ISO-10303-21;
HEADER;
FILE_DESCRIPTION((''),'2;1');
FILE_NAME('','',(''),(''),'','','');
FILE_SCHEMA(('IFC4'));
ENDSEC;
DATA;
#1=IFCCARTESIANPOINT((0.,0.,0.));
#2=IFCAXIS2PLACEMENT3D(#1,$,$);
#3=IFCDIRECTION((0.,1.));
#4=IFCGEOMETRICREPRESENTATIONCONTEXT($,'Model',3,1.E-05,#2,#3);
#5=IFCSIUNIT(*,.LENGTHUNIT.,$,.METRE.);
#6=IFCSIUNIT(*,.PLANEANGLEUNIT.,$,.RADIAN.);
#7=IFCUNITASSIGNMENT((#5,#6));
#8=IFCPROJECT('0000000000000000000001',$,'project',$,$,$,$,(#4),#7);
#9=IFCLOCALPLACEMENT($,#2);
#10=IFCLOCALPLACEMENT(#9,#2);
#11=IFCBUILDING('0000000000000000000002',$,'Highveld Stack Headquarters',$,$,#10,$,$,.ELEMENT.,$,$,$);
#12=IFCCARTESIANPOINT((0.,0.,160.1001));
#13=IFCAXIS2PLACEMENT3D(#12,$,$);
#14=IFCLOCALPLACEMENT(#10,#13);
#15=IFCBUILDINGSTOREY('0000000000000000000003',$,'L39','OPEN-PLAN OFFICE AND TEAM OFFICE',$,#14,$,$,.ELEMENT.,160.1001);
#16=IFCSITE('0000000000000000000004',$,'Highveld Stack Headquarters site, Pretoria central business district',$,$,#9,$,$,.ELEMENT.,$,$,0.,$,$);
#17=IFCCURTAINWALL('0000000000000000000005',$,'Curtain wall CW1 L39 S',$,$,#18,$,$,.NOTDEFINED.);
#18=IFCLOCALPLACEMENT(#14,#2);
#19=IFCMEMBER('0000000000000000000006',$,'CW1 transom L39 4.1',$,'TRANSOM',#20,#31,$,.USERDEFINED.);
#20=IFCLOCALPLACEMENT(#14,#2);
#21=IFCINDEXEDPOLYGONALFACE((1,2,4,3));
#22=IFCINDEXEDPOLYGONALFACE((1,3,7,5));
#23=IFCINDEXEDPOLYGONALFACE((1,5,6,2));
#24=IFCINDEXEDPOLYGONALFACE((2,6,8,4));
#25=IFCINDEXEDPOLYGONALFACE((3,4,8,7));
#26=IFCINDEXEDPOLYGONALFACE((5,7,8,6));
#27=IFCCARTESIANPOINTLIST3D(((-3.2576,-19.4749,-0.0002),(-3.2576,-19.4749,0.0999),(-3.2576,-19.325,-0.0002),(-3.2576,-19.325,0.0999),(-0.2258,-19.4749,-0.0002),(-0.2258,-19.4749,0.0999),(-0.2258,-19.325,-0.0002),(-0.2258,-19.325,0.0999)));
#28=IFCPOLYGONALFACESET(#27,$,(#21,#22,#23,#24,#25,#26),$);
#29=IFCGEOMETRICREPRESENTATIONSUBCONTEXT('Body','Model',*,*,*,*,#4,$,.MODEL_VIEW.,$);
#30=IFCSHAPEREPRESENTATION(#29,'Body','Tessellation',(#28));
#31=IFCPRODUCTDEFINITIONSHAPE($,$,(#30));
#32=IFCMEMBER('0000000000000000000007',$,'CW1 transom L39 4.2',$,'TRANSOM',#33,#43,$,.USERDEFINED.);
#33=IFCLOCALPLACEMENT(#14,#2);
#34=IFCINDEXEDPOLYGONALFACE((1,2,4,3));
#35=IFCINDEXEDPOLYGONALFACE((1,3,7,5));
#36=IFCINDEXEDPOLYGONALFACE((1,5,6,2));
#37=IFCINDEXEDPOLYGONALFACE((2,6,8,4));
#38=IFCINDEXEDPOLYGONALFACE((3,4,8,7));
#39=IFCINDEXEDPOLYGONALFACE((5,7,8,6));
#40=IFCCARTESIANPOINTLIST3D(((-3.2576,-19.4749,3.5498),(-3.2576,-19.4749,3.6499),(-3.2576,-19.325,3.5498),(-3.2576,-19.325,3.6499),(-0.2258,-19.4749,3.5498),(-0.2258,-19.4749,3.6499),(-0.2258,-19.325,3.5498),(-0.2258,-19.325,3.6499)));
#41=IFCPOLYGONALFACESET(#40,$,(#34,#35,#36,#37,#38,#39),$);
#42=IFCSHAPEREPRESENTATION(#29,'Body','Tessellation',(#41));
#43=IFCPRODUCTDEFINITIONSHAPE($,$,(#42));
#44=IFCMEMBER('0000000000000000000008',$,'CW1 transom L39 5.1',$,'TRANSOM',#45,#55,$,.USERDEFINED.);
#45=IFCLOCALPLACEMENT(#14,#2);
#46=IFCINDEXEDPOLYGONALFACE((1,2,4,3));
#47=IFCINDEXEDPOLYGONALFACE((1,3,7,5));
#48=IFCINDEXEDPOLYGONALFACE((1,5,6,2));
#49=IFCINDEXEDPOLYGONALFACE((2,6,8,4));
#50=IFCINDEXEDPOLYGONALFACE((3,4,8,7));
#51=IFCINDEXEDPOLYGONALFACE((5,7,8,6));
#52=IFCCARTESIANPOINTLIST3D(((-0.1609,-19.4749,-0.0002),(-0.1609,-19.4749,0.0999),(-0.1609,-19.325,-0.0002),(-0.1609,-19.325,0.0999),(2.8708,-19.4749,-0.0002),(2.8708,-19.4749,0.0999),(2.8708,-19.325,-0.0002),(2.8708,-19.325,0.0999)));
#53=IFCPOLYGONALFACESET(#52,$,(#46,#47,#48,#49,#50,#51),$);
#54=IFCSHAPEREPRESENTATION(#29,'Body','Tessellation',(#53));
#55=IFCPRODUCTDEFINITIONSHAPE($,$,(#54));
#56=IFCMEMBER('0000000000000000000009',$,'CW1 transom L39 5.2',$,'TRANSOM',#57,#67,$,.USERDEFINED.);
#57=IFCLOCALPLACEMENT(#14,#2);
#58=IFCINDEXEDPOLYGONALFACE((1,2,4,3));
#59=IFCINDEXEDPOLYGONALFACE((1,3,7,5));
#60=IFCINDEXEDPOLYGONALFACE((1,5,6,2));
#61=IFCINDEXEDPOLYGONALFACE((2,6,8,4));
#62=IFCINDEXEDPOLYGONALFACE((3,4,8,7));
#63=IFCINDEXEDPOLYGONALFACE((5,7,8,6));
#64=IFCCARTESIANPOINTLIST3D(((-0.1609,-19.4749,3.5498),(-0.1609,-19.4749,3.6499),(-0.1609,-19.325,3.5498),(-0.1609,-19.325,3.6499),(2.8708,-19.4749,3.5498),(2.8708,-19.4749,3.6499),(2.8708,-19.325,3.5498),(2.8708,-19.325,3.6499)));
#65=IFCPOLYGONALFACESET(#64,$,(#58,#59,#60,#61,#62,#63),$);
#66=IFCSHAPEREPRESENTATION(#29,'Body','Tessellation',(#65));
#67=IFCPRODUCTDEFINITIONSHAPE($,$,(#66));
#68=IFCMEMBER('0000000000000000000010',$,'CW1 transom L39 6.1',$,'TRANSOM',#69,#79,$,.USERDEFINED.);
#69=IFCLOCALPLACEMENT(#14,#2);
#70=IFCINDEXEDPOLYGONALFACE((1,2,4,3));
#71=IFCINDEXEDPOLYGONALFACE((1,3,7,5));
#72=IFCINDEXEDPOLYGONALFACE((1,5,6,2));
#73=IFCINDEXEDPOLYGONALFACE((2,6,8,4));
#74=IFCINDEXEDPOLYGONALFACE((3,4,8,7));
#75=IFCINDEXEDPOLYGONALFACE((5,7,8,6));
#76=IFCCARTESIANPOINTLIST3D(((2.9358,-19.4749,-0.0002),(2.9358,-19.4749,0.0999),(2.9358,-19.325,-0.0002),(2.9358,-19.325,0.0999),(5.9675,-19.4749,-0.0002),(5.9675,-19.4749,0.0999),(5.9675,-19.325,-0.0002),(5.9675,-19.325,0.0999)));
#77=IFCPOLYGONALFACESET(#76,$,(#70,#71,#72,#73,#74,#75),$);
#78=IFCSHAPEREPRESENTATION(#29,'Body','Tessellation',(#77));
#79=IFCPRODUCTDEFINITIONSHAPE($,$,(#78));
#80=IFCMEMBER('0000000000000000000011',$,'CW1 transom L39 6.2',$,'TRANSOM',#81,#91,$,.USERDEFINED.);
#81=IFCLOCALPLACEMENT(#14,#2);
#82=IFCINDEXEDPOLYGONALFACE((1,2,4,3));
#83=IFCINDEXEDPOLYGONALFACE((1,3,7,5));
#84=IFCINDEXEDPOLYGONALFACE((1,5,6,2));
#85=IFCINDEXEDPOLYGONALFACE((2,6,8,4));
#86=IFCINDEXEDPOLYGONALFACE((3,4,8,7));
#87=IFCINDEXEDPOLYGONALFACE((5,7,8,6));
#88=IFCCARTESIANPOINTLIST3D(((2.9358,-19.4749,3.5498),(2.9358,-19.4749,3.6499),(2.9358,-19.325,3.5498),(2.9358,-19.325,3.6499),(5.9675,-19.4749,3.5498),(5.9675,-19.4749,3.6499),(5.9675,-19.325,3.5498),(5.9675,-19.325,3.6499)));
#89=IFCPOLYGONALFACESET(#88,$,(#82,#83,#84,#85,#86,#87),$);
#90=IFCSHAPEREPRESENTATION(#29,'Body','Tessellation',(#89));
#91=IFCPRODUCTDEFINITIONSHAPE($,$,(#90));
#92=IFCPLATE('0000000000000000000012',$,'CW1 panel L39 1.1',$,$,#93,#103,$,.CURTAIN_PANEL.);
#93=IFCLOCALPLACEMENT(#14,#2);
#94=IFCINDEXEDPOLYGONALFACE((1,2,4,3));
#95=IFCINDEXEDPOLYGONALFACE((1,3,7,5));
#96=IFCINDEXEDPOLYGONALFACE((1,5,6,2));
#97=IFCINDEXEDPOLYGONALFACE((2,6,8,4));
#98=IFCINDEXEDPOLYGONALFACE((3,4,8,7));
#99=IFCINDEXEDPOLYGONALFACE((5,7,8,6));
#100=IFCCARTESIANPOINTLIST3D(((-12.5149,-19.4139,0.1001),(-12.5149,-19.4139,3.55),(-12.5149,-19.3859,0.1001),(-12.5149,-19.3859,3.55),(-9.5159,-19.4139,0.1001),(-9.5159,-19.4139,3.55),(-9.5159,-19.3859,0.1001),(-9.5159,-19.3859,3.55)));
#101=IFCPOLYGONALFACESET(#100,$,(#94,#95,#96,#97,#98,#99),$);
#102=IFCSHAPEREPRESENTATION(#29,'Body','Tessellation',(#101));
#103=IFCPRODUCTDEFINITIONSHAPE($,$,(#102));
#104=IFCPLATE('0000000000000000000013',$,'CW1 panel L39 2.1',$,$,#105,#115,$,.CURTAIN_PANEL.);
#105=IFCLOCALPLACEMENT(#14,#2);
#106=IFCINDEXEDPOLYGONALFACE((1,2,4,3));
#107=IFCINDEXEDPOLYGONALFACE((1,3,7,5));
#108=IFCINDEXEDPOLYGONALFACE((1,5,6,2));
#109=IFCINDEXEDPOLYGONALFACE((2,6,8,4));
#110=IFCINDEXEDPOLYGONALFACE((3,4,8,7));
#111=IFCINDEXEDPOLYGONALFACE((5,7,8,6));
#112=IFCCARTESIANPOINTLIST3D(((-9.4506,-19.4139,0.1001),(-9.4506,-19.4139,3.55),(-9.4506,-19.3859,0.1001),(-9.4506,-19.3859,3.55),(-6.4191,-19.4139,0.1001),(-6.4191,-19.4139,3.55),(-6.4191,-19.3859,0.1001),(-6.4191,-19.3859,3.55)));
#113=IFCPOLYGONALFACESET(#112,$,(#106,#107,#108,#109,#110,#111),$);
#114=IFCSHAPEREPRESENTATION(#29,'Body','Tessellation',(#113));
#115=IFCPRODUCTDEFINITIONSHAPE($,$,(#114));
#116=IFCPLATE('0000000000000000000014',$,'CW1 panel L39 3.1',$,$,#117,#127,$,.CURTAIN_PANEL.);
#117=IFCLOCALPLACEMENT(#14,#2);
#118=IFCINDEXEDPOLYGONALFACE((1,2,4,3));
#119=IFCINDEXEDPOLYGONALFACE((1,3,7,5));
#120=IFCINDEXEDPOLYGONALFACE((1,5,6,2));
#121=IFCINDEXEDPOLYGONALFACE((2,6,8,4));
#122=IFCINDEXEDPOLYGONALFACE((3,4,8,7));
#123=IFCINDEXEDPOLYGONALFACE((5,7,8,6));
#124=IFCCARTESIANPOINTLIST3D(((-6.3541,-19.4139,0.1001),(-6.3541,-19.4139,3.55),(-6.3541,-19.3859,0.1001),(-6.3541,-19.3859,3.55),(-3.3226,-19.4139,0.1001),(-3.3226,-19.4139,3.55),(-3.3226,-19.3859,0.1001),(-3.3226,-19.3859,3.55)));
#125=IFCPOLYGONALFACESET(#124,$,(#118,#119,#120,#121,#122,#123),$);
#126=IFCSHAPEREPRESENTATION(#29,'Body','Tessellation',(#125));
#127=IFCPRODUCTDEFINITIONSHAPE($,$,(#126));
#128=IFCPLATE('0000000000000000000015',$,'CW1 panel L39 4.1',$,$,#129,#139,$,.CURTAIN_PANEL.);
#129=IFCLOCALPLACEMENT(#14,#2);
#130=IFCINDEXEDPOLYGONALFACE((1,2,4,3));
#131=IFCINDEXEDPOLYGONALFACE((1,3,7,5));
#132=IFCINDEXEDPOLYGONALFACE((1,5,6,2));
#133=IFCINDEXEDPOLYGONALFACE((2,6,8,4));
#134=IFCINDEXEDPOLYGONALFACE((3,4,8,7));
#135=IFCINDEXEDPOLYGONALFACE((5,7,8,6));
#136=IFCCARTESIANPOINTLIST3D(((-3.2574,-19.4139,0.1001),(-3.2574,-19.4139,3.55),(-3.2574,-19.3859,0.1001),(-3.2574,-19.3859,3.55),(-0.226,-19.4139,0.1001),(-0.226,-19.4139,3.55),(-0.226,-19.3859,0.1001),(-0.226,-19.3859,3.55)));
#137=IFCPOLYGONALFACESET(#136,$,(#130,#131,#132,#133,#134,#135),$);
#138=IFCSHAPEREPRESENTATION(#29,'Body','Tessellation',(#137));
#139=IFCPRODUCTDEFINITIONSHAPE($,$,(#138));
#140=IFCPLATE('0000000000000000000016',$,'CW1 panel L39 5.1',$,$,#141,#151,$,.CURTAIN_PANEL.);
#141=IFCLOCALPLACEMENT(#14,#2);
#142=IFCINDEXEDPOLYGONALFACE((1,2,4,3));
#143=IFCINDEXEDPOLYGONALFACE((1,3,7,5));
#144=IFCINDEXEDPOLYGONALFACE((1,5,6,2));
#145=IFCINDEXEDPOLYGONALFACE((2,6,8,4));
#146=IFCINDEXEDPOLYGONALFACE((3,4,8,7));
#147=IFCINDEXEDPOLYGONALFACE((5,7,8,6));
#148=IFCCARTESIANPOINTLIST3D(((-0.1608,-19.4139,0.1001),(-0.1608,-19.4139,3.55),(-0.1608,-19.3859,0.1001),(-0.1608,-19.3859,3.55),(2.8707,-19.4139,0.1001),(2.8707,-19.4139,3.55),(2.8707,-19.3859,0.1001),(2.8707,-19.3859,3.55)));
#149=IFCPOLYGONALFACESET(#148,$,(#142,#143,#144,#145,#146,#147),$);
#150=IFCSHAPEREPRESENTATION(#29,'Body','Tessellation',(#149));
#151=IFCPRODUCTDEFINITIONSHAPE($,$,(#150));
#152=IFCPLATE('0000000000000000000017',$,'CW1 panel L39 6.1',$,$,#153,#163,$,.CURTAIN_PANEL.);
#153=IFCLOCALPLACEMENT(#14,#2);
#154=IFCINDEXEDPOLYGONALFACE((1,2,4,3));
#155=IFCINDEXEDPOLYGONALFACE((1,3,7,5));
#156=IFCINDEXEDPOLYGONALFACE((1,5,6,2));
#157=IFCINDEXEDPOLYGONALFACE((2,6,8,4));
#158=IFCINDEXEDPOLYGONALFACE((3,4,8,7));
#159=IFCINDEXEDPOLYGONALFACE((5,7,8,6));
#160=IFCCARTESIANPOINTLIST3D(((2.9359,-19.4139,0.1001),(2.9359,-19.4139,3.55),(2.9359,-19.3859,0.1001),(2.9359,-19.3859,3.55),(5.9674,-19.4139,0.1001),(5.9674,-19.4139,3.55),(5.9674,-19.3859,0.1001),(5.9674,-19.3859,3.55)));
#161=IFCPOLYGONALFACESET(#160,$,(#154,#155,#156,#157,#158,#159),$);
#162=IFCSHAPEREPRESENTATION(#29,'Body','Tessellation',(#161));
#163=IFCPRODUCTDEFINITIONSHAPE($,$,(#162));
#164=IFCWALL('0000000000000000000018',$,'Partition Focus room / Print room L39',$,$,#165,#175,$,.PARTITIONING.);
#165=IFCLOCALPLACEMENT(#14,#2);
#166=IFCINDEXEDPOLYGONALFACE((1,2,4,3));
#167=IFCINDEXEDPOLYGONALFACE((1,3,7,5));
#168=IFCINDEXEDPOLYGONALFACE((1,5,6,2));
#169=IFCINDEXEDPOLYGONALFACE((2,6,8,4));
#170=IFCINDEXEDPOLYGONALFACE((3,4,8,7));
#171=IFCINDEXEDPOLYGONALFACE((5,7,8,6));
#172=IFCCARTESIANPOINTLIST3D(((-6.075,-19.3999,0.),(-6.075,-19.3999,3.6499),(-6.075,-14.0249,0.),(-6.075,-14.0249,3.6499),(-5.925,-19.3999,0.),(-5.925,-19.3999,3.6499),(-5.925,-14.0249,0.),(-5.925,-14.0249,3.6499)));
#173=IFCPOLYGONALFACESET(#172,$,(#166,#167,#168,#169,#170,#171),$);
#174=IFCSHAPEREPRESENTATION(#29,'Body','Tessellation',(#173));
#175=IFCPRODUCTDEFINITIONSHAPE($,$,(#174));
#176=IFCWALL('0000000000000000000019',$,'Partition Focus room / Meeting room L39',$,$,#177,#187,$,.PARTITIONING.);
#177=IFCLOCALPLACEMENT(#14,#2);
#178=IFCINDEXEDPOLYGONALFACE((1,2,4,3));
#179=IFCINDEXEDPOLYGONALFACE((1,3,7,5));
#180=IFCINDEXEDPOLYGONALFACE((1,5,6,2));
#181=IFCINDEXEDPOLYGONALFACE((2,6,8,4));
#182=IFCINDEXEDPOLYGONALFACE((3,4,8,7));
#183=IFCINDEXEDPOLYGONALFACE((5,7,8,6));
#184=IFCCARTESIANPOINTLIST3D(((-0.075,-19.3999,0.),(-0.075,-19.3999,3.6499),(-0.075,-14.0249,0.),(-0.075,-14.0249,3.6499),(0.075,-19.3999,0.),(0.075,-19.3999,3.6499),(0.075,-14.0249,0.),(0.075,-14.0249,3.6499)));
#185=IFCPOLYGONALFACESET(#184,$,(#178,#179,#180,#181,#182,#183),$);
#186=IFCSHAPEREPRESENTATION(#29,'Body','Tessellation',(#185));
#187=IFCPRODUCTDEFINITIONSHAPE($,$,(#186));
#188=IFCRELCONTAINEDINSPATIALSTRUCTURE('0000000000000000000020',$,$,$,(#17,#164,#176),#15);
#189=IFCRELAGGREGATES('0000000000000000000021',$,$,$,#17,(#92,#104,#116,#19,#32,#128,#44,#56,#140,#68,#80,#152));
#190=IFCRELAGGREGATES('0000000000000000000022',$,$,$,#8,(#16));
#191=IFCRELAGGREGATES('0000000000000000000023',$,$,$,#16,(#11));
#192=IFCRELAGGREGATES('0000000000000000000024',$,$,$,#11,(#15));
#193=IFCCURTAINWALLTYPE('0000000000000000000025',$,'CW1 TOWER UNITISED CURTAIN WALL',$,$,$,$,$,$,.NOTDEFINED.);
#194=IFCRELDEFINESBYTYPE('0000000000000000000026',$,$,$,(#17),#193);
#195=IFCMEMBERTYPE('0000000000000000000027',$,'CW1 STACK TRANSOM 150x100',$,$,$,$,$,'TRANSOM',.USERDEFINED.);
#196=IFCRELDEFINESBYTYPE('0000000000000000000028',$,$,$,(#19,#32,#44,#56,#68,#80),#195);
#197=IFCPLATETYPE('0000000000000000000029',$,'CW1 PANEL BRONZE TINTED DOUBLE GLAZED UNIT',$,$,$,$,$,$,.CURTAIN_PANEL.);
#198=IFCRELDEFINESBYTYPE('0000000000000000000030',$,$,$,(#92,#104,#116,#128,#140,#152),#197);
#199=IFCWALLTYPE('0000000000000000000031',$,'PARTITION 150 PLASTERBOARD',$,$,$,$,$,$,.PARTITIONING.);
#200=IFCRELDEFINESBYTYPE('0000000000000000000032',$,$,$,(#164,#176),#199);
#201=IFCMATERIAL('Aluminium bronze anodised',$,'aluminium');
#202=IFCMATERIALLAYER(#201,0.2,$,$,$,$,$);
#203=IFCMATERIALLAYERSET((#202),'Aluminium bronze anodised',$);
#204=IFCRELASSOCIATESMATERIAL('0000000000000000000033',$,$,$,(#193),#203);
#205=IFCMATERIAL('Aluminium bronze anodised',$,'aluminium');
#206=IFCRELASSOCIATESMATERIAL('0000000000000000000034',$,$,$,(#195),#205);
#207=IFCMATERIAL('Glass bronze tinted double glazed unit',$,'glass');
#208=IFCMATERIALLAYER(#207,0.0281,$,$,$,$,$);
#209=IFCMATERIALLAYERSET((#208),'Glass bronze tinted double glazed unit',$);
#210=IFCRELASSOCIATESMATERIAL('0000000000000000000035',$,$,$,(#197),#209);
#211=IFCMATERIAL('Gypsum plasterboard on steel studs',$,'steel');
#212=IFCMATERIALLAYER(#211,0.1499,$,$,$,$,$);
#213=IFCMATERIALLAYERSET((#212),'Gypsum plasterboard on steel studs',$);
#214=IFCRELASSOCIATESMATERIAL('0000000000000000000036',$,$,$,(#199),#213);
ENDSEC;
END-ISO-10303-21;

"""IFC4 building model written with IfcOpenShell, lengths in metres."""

from ifc_helpers import new_model, si_unit, direction, frame, frame_2d, origin, origin_2d, place, context, subcontext, project, spatial, rectangle, extrude, material, layer, layer_set, material_profile, profile_set, type_object, element, aggregate, save


model = new_model("IFC4")

# Units and contexts
model_context = context("Model", 3, precision=1e-05, world=origin(), true_north=direction((0.0, 1.0)))
body_context = subcontext(model_context, "Body", "Model", "MODEL_VIEW")
ifc_project = project(units=[si_unit("LENGTHUNIT", "METRE"), si_unit("PLANEANGLEUNIT", "RADIAN")], contexts=[model_context])

# Site, building, storey
site_placement = place(None, origin())
site = spatial("IfcSite", under=ifc_project, at=site_placement, Name="Highveld Stack Headquarters site, Pretoria central business district", CompositionType="ELEMENT", RefElevation=0.0)
building_placement = place(site_placement, origin())
building = spatial("IfcBuilding", under=site, at=building_placement, Name="Highveld Stack Headquarters", CompositionType="ELEMENT")
storey_placement = place(building_placement, frame((0.0, 0.0, 160.1001)))
storey = spatial("IfcBuildingStorey", under=building, at=storey_placement, Name="L39", Description="OPEN-PLAN OFFICE AND TEAM OFFICE", CompositionType="ELEMENT", Elevation=160.1001)

# Curtain wall, members, plates
ifc_material_1 = material(Name="Aluminium bronze anodised", Category="aluminium")
ifc_layer_1 = layer(ifc_material_1, 0.2)
ifc_layer_set_1 = layer_set([ifc_layer_1], Name="Aluminium bronze anodised")
curtain_wall_type = type_object("IfcCurtainWallType", Name="CW1 TOWER UNITISED CURTAIN WALL", PredefinedType="NOTDEFINED", material=ifc_layer_set_1)
curtain_wall_placement = place(storey_placement, origin())
curtain_wall = element("IfcCurtainWall", 1, at=curtain_wall_placement, inside=storey, type_object=curtain_wall_type, Name="Curtain wall CW1 L39 S", PredefinedType="NOTDEFINED")
ifc_material_2 = material(Name="Aluminium bronze anodised", Category="aluminium")
ifc_material_profile_1 = material_profile(ifc_material_2, rectangle(XDim=0.1499, YDim=0.1001, at=origin_2d()), Name="CW1 TRANSOM 150x100")
ifc_profile_set_1 = profile_set([ifc_material_profile_1], Name="Aluminium bronze anodised")
member_type_1 = type_object("IfcMemberType", Name="CW1 STACK TRANSOM 150x100", ElementType="TRANSOM", PredefinedType="USERDEFINED", material=ifc_profile_set_1)
member_1_placement = place(storey_placement, frame((-3.2576, -19.3999, 0.0498), z_axis=(1.0, 0.0, 0.0), x_axis=(0.0, 1.0, 0.0)))
member_1 = element("IfcMember", 2, at=member_1_placement, type_object=member_type_1, Name="CW1 transom L39 4.1", ObjectType="TRANSOM", PredefinedType="USERDEFINED", context=body_context, shape_type="SweptSolid", body=[
    extrude(rectangle(XDim=0.1499, YDim=0.1001, at=origin_2d()), origin(), (0.0, 0.0, 1.0), 3.0317),
])
member_2_placement = place(storey_placement, frame((-3.2576, -19.3999, 3.5999), z_axis=(1.0, 0.0, 0.0), x_axis=(0.0, 1.0, 0.0)))
member_2 = element("IfcMember", 3, at=member_2_placement, type_object=member_type_1, Name="CW1 transom L39 4.2", ObjectType="TRANSOM", PredefinedType="USERDEFINED", context=body_context, shape_type="SweptSolid", body=[
    extrude(rectangle(XDim=0.1499, YDim=0.1001, at=origin_2d()), origin(), (0.0, 0.0, 1.0), 3.0317),
])
member_3_placement = place(storey_placement, frame((-0.1609, -19.3999, 0.0498), z_axis=(1.0, 0.0, 0.0), x_axis=(0.0, 1.0, 0.0)))
member_3 = element("IfcMember", 4, at=member_3_placement, type_object=member_type_1, Name="CW1 transom L39 5.1", ObjectType="TRANSOM", PredefinedType="USERDEFINED", context=body_context, shape_type="SweptSolid", body=[
    extrude(rectangle(XDim=0.1499, YDim=0.1001, at=origin_2d()), origin(), (0.0, 0.0, 1.0), 3.0317),
])
member_4_placement = place(storey_placement, frame((-0.1609, -19.3999, 3.5999), z_axis=(1.0, 0.0, 0.0), x_axis=(0.0, 1.0, 0.0)))
member_4 = element("IfcMember", 5, at=member_4_placement, type_object=member_type_1, Name="CW1 transom L39 5.2", ObjectType="TRANSOM", PredefinedType="USERDEFINED", context=body_context, shape_type="SweptSolid", body=[
    extrude(rectangle(XDim=0.1499, YDim=0.1001, at=origin_2d()), origin(), (0.0, 0.0, 1.0), 3.0317),
])
member_5_placement = place(storey_placement, frame((2.9358, -19.3999, 0.0498), z_axis=(1.0, 0.0, 0.0), x_axis=(0.0, 1.0, 0.0)))
member_5 = element("IfcMember", 6, at=member_5_placement, type_object=member_type_1, Name="CW1 transom L39 6.1", ObjectType="TRANSOM", PredefinedType="USERDEFINED", context=body_context, shape_type="SweptSolid", body=[
    extrude(rectangle(XDim=0.1499, YDim=0.1001, at=origin_2d()), origin(), (0.0, 0.0, 1.0), 3.0317),
])
member_6_placement = place(storey_placement, frame((2.9358, -19.3999, 3.5999), z_axis=(1.0, 0.0, 0.0), x_axis=(0.0, 1.0, 0.0)))
member_6 = element("IfcMember", 7, at=member_6_placement, type_object=member_type_1, Name="CW1 transom L39 6.2", ObjectType="TRANSOM", PredefinedType="USERDEFINED", context=body_context, shape_type="SweptSolid", body=[
    extrude(rectangle(XDim=0.1499, YDim=0.1001, at=origin_2d()), origin(), (0.0, 0.0, 1.0), 3.0317),
])
ifc_material_3 = material(Name="Glass bronze tinted double glazed unit", Category="glass")
ifc_layer_2 = layer(ifc_material_3, 0.0281)
ifc_layer_set_2 = layer_set([ifc_layer_2], Name="Glass bronze tinted double glazed unit")
plate_type = type_object("IfcPlateType", Name="CW1 PANEL BRONZE TINTED DOUBLE GLAZED UNIT", PredefinedType="CURTAIN_PANEL", material=ifc_layer_set_2)
plate_1_placement = place(storey_placement, frame((-11.0154, -19.3999, 0.1001), z_axis=(0.0, 0.0, 1.0), x_axis=(1.0, 0.0, 0.0)))
plate_1 = element("IfcPlate", 8, at=plate_1_placement, type_object=plate_type, Name="CW1 panel L39 1.1", PredefinedType="CURTAIN_PANEL", context=body_context, shape_type="SweptSolid", body=[
    extrude(rectangle(XDim=2.999, YDim=0.0281, at=origin_2d()), origin(), (0.0, 0.0, 1.0), 3.45),
])
plate_2_placement = place(storey_placement, frame((-7.9348, -19.3999, 0.1001), z_axis=(0.0, 0.0, 1.0), x_axis=(1.0, 0.0, 0.0)))
plate_2 = element("IfcPlate", 9, at=plate_2_placement, type_object=plate_type, Name="CW1 panel L39 2.1", PredefinedType="CURTAIN_PANEL", context=body_context, shape_type="SweptSolid", body=[
    extrude(rectangle(XDim=3.0315, YDim=0.0281, at=origin_2d()), origin(), (0.0, 0.0, 1.0), 3.45),
])
plate_3_placement = place(storey_placement, frame((-4.8384, -19.3999, 0.1001), z_axis=(0.0, 0.0, 1.0), x_axis=(1.0, 0.0, 0.0)))
plate_3 = element("IfcPlate", 10, at=plate_3_placement, type_object=plate_type, Name="CW1 panel L39 3.1", PredefinedType="CURTAIN_PANEL", context=body_context, shape_type="SweptSolid", body=[
    extrude(rectangle(XDim=3.0315, YDim=0.0281, at=origin_2d()), origin(), (0.0, 0.0, 1.0), 3.45),
])
plate_4_placement = place(storey_placement, frame((-1.7417, -19.3999, 0.1001), z_axis=(0.0, 0.0, 1.0), x_axis=(1.0, 0.0, 0.0)))
plate_4 = element("IfcPlate", 11, at=plate_4_placement, type_object=plate_type, Name="CW1 panel L39 4.1", PredefinedType="CURTAIN_PANEL", context=body_context, shape_type="SweptSolid", body=[
    extrude(rectangle(XDim=3.0315, YDim=0.0281, at=origin_2d()), origin(), (0.0, 0.0, 1.0), 3.45),
])
plate_5_placement = place(storey_placement, frame((1.355, -19.3999, 0.1001), z_axis=(0.0, 0.0, 1.0), x_axis=(1.0, 0.0, 0.0)))
plate_5 = element("IfcPlate", 12, at=plate_5_placement, type_object=plate_type, Name="CW1 panel L39 5.1", PredefinedType="CURTAIN_PANEL", context=body_context, shape_type="SweptSolid", body=[
    extrude(rectangle(XDim=3.0315, YDim=0.0281, at=origin_2d()), origin(), (0.0, 0.0, 1.0), 3.45),
])
plate_6_placement = place(storey_placement, frame((4.4517, -19.3999, 0.1001), z_axis=(0.0, 0.0, 1.0), x_axis=(1.0, 0.0, 0.0)))
plate_6 = element("IfcPlate", 13, at=plate_6_placement, type_object=plate_type, Name="CW1 panel L39 6.1", PredefinedType="CURTAIN_PANEL", context=body_context, shape_type="SweptSolid", body=[
    extrude(rectangle(XDim=3.0315, YDim=0.0281, at=origin_2d()), origin(), (0.0, 0.0, 1.0), 3.45),
])
aggregate(curtain_wall, [plate_1, plate_2, plate_3, member_1, member_2, plate_4, member_3, member_4, plate_5, member_5, member_6, plate_6])

# Walls
ifc_material_4 = material(Name="Gypsum plasterboard on steel studs", Category="steel")
ifc_layer_3 = layer(ifc_material_4, 0.1499)
ifc_layer_set_3 = layer_set([ifc_layer_3], Name="Gypsum plasterboard on steel studs")
wall_type = type_object("IfcWallType", Name="PARTITION 150 PLASTERBOARD", PredefinedType="PARTITIONING", material=ifc_layer_set_3)
for number, where, z_axis, x_axis, name in (
    (14, (-6.0, -19.3999, 0.0), (0.0, 0.0, 1.0), (0.0, 1.0, 0.0), "Partition Focus room / Print room L39"),
    (15, (0.0, -19.3999, 0.0), (0.0, 0.0, 1.0), (0.0, 1.0, 0.0), "Partition Focus room / Meeting room L39"),
):
    element("IfcWall", number, at=place(storey_placement, frame(where, z_axis=z_axis, x_axis=x_axis)), inside=storey, type_object=wall_type, Name=name, PredefinedType="PARTITIONING", context=body_context, shape_type="SweptSolid", body=[
        extrude(rectangle(XDim=5.375, YDim=0.1499, at=frame_2d((2.6875, 0.0))), origin(), (0.0, 0.0, 1.0), 3.6499),
    ])

save(model, "model.ifc")
